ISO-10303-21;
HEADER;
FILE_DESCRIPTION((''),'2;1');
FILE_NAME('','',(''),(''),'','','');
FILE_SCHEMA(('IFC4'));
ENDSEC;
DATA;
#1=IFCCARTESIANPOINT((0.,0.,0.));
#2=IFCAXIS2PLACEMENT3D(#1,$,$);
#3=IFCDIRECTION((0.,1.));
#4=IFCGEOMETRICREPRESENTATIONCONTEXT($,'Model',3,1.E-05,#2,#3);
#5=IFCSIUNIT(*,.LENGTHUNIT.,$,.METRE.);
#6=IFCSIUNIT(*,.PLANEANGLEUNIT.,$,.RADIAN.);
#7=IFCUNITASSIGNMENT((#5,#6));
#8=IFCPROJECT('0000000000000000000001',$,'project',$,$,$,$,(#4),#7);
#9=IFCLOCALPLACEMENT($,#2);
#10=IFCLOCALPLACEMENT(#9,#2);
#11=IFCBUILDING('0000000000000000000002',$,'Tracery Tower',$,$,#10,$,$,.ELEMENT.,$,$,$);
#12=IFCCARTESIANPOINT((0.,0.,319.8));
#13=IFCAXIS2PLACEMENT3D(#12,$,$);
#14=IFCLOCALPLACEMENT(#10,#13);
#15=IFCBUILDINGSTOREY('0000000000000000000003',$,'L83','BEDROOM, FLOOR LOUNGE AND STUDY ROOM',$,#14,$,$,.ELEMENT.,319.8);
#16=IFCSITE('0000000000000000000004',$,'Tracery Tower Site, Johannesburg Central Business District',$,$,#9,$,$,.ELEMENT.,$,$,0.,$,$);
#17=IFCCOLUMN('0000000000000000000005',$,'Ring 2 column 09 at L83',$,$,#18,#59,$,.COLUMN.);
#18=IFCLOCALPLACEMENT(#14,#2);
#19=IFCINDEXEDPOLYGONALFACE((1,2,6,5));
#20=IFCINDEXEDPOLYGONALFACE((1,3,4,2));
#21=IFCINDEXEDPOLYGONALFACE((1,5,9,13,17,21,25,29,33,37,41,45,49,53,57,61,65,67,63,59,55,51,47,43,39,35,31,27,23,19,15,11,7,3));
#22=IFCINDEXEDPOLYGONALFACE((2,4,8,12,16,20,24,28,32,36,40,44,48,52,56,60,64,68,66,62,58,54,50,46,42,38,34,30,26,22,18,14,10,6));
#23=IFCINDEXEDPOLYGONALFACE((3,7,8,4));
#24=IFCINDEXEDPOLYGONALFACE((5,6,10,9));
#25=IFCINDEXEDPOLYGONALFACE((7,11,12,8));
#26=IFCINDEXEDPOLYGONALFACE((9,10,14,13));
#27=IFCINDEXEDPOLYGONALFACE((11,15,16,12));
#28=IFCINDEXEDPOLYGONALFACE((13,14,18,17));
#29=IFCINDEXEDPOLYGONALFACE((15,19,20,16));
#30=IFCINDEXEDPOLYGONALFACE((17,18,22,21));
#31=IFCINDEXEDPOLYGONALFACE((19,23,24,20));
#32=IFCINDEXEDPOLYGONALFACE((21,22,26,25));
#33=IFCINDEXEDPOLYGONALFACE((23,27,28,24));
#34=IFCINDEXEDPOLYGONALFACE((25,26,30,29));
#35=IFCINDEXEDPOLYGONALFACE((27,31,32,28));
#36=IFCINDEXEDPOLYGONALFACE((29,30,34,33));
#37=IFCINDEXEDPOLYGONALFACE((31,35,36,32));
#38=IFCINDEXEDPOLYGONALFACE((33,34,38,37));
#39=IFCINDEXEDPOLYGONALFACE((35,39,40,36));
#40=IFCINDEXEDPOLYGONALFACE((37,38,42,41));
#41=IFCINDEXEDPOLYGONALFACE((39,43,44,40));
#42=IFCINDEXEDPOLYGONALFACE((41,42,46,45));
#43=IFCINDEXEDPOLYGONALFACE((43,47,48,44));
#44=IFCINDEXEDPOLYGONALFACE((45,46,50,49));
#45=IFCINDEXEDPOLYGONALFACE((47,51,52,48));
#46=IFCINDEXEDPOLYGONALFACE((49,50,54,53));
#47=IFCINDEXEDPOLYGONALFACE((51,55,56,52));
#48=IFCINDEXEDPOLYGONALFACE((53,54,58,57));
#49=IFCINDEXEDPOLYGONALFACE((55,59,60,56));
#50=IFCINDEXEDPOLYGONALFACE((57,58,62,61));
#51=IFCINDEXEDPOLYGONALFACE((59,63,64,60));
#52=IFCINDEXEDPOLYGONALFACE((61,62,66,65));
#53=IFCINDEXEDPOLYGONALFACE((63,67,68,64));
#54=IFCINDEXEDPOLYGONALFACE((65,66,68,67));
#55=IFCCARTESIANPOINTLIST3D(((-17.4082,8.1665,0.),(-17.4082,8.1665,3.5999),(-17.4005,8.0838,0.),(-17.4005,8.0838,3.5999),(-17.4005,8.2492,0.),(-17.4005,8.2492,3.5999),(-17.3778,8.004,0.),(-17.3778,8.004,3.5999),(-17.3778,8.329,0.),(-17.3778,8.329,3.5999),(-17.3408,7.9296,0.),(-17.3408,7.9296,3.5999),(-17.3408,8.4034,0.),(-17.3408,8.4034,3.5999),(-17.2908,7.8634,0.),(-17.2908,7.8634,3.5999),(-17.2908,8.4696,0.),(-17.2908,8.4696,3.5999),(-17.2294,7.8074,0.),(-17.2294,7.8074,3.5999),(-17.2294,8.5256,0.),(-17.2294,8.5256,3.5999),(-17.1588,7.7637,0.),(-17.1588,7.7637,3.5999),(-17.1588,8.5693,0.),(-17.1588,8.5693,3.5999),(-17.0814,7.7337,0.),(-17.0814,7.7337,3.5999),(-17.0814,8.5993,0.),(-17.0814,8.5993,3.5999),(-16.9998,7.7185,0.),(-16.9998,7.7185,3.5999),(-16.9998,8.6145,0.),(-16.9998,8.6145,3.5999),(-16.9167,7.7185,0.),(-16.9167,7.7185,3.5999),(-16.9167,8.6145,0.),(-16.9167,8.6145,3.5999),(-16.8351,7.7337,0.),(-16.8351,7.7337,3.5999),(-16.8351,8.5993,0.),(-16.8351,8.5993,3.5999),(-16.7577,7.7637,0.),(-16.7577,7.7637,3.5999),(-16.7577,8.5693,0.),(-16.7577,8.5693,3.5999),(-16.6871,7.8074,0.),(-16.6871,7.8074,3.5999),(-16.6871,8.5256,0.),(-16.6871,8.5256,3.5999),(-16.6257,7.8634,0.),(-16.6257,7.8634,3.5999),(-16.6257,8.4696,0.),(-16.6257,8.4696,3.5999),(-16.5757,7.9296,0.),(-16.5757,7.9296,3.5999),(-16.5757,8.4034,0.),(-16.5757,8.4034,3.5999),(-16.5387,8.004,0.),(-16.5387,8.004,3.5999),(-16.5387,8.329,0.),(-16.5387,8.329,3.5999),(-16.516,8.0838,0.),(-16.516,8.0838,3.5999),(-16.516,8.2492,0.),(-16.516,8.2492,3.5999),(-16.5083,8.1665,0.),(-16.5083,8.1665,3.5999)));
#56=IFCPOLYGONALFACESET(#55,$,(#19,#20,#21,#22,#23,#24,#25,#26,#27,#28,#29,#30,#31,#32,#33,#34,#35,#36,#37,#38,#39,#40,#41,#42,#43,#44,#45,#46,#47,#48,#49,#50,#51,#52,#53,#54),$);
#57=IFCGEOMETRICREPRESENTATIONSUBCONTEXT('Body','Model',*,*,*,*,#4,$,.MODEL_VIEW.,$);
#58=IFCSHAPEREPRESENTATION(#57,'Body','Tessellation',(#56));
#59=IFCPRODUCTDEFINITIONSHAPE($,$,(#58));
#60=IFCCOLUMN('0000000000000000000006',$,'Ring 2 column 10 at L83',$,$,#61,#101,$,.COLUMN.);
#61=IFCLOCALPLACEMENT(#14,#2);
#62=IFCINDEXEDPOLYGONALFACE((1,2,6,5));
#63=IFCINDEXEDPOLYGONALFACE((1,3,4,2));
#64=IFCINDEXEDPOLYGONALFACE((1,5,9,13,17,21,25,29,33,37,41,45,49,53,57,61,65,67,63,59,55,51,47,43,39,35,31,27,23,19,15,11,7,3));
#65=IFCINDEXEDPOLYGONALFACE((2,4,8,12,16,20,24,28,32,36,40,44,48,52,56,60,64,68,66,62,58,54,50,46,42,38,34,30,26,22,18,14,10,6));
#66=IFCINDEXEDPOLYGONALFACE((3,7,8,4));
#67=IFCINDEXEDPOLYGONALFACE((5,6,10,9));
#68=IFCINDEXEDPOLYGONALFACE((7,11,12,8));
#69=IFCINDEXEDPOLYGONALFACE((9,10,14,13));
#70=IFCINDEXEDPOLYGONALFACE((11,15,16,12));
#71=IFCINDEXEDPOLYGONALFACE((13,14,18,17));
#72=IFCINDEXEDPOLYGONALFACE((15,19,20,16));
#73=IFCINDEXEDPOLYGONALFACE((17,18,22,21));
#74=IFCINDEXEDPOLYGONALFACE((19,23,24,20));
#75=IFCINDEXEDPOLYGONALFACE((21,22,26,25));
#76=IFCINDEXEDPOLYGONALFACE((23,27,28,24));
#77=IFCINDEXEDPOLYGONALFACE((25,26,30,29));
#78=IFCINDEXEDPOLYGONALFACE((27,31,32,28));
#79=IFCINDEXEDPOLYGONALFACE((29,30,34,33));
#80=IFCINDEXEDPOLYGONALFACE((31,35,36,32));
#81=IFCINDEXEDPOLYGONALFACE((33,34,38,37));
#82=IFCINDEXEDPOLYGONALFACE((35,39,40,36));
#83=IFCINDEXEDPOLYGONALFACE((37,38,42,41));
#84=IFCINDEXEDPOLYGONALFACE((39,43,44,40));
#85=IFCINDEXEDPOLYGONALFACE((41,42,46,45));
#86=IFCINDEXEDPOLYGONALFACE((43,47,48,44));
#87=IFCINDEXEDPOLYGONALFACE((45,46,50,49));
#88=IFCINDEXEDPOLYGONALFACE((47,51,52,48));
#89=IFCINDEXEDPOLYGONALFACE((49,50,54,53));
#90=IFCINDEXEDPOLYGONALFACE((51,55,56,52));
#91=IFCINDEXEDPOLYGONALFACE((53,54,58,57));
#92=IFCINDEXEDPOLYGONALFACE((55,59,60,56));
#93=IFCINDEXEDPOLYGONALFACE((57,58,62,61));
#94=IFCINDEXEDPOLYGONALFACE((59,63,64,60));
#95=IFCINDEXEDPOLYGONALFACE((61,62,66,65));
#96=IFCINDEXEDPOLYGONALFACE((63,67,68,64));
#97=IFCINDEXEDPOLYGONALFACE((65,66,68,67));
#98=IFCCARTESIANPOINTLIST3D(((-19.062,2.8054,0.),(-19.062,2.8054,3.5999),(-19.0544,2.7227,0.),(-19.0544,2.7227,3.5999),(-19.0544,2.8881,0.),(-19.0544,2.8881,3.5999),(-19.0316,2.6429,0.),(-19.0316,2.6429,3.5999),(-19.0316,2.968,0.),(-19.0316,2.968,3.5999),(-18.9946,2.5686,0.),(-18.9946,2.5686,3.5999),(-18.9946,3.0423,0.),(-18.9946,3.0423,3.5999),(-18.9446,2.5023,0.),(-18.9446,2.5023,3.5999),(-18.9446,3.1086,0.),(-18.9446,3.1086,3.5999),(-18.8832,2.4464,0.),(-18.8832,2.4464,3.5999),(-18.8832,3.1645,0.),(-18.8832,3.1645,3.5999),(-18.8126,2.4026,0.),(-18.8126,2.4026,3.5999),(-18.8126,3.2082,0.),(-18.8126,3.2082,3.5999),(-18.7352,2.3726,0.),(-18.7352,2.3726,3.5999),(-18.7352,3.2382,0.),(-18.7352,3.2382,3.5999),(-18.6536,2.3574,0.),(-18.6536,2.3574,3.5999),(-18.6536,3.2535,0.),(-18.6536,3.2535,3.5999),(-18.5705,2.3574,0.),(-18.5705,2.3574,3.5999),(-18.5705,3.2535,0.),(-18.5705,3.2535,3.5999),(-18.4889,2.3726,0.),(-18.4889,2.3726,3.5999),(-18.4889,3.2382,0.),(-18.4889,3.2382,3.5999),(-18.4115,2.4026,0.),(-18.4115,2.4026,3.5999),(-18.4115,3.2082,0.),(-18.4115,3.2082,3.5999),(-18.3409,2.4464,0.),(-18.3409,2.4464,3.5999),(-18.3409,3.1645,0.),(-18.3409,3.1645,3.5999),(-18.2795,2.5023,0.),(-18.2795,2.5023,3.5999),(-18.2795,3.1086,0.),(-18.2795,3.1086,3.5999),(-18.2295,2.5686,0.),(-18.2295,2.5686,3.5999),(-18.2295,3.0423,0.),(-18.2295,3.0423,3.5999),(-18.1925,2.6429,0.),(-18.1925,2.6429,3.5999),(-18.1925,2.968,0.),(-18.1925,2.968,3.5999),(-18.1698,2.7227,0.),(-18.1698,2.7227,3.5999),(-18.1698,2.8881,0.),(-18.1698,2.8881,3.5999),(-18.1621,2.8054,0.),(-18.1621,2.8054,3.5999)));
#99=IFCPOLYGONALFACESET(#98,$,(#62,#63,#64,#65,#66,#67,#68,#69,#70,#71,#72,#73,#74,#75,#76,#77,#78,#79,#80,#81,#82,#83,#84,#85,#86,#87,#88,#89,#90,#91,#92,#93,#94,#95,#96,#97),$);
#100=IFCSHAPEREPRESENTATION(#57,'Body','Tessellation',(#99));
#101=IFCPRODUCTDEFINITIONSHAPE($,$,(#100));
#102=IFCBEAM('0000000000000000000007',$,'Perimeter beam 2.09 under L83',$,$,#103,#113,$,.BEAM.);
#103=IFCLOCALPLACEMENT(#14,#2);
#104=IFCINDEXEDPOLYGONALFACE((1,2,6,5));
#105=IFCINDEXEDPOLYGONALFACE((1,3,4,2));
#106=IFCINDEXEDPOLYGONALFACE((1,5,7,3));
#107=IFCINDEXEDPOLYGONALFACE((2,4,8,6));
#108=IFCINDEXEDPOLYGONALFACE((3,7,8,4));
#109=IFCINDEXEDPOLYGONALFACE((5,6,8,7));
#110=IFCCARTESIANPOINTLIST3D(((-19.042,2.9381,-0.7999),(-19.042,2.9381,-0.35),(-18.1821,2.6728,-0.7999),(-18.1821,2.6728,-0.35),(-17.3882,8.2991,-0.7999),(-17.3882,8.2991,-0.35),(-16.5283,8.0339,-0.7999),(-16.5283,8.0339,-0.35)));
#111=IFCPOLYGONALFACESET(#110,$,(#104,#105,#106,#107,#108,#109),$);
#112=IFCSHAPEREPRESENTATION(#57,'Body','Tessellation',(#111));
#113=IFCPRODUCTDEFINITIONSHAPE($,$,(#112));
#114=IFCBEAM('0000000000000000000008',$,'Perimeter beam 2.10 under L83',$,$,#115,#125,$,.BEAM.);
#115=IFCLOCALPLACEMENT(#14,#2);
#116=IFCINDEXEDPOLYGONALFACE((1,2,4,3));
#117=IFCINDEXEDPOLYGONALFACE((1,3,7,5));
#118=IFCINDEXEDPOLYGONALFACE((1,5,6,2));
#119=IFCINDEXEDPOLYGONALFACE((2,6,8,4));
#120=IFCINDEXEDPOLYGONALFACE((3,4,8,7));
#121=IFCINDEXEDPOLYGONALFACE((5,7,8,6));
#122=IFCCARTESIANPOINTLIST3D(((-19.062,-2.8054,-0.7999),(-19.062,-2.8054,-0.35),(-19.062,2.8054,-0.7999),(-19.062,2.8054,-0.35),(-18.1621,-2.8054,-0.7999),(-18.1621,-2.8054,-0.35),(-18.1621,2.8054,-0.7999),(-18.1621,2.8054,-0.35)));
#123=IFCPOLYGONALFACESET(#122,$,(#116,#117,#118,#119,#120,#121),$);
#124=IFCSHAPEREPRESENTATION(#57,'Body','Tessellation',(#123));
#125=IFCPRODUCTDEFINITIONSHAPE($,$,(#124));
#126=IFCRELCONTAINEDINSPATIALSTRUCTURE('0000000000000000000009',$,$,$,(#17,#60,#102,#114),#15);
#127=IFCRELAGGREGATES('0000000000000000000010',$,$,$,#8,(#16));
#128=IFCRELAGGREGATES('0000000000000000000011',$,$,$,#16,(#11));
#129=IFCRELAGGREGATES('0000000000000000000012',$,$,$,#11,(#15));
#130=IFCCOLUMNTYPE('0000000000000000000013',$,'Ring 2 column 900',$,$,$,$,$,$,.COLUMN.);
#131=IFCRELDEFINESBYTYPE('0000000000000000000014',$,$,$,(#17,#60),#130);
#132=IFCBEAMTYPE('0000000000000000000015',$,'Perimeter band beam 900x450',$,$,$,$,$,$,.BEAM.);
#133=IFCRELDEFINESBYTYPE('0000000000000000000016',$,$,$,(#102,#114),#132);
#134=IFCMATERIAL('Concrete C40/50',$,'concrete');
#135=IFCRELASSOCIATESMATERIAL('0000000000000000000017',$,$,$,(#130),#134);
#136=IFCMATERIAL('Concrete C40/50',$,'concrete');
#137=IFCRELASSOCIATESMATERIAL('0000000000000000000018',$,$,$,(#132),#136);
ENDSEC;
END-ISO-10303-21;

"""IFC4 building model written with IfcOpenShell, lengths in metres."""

from ifc_helpers import new_model, si_unit, direction, frame, origin, origin_2d, place, context, subcontext, project, spatial, rectangle, circle, extrude, material, material_profile, profile_set, type_object, element, save


model = new_model("IFC4")

# Units and contexts
model_context = context("Model", 3, precision=1e-05, world=origin(), true_north=direction((0.0, 1.0)))
body_context = subcontext(model_context, "Body", "Model", "MODEL_VIEW")
ifc_project = project(units=[si_unit("LENGTHUNIT", "METRE"), si_unit("PLANEANGLEUNIT", "RADIAN")], contexts=[model_context])

# Site, building, storey
site_placement = place(None, origin())
site = spatial("IfcSite", under=ifc_project, at=site_placement, Name="Tracery Tower Site, Johannesburg Central Business District", CompositionType="ELEMENT", RefElevation=0.0)
building_placement = place(site_placement, origin())
building = spatial("IfcBuilding", under=site, at=building_placement, Name="Tracery Tower", CompositionType="ELEMENT")
storey_placement = place(building_placement, frame((0.0, 0.0, 319.8)))
storey = spatial("IfcBuildingStorey", under=building, at=storey_placement, Name="L83", Description="BEDROOM, FLOOR LOUNGE AND STUDY ROOM", CompositionType="ELEMENT", Elevation=319.8)

# Columns
ifc_material_1 = material(Name="Concrete C40/50", Category="concrete")
ifc_material_profile_1 = material_profile(ifc_material_1, circle(Radius=0.45, at=origin_2d()), Name="RC D900")
ifc_profile_set_1 = profile_set([ifc_material_profile_1], Name="Concrete C40/50")
column_type = type_object("IfcColumnType", Name="Ring 2 column 900", PredefinedType="COLUMN", material=ifc_profile_set_1)
for number, where, z_axis, x_axis, name in (
    (1, (-16.9583, 8.1665, 0.0), (0.0, 0.0, 1.0), (1.0, 0.0, 0.0), "Ring 2 column 09 at L83"),
    (2, (-18.6121, 2.8054, 0.0), (0.0, 0.0, 1.0), (1.0, 0.0, 0.0), "Ring 2 column 10 at L83"),
):
    element("IfcColumn", number, at=place(storey_placement, frame(where, z_axis=z_axis, x_axis=x_axis)), inside=storey, type_object=column_type, Name=name, PredefinedType="COLUMN", context=body_context, shape_type="SweptSolid", body=[
        extrude(circle(Radius=0.45, at=origin_2d()), origin(), (0.0, 0.0, 1.0), 3.5999),
    ])

# Beams
ifc_material_2 = material(Name="Concrete C40/50", Category="concrete")
ifc_material_profile_2 = material_profile(ifc_material_2, rectangle(XDim=0.8999, YDim=0.45, at=origin_2d()), Name="RC 900x450")
ifc_profile_set_2 = profile_set([ifc_material_profile_2], Name="Concrete C40/50")
beam_type = type_object("IfcBeamType", Name="Perimeter band beam 900x450", PredefinedType="BEAM", material=ifc_profile_set_2)
beam_1_placement = place(storey_placement, frame((-16.9583, 8.1665, -0.575), z_axis=(-0.294777, -0.955566, 0.0), x_axis=(0.955566, -0.294777, 0.0)))
element("IfcBeam", 3, at=beam_1_placement, inside=storey, type_object=beam_type, Name="Perimeter beam 2.09 under L83", PredefinedType="BEAM", context=body_context, shape_type="SweptSolid", body=[
    extrude(rectangle(XDim=0.8999, YDim=0.45, at=origin_2d()), origin(), (0.0, 0.0, 1.0), 5.6104),
])
beam_2_placement = place(storey_placement, frame((-18.6121, 2.8054, -0.575), z_axis=(0.0, -1.0, 0.0), x_axis=(1.0, 0.0, 0.0)))
element("IfcBeam", 4, at=beam_2_placement, inside=storey, type_object=beam_type, Name="Perimeter beam 2.10 under L83", PredefinedType="BEAM", context=body_context, shape_type="SweptSolid", body=[
    extrude(rectangle(XDim=0.8999, YDim=0.45, at=origin_2d()), origin(), (0.0, 0.0, 1.0), 5.6108),
])

save(model, "model.ifc")
